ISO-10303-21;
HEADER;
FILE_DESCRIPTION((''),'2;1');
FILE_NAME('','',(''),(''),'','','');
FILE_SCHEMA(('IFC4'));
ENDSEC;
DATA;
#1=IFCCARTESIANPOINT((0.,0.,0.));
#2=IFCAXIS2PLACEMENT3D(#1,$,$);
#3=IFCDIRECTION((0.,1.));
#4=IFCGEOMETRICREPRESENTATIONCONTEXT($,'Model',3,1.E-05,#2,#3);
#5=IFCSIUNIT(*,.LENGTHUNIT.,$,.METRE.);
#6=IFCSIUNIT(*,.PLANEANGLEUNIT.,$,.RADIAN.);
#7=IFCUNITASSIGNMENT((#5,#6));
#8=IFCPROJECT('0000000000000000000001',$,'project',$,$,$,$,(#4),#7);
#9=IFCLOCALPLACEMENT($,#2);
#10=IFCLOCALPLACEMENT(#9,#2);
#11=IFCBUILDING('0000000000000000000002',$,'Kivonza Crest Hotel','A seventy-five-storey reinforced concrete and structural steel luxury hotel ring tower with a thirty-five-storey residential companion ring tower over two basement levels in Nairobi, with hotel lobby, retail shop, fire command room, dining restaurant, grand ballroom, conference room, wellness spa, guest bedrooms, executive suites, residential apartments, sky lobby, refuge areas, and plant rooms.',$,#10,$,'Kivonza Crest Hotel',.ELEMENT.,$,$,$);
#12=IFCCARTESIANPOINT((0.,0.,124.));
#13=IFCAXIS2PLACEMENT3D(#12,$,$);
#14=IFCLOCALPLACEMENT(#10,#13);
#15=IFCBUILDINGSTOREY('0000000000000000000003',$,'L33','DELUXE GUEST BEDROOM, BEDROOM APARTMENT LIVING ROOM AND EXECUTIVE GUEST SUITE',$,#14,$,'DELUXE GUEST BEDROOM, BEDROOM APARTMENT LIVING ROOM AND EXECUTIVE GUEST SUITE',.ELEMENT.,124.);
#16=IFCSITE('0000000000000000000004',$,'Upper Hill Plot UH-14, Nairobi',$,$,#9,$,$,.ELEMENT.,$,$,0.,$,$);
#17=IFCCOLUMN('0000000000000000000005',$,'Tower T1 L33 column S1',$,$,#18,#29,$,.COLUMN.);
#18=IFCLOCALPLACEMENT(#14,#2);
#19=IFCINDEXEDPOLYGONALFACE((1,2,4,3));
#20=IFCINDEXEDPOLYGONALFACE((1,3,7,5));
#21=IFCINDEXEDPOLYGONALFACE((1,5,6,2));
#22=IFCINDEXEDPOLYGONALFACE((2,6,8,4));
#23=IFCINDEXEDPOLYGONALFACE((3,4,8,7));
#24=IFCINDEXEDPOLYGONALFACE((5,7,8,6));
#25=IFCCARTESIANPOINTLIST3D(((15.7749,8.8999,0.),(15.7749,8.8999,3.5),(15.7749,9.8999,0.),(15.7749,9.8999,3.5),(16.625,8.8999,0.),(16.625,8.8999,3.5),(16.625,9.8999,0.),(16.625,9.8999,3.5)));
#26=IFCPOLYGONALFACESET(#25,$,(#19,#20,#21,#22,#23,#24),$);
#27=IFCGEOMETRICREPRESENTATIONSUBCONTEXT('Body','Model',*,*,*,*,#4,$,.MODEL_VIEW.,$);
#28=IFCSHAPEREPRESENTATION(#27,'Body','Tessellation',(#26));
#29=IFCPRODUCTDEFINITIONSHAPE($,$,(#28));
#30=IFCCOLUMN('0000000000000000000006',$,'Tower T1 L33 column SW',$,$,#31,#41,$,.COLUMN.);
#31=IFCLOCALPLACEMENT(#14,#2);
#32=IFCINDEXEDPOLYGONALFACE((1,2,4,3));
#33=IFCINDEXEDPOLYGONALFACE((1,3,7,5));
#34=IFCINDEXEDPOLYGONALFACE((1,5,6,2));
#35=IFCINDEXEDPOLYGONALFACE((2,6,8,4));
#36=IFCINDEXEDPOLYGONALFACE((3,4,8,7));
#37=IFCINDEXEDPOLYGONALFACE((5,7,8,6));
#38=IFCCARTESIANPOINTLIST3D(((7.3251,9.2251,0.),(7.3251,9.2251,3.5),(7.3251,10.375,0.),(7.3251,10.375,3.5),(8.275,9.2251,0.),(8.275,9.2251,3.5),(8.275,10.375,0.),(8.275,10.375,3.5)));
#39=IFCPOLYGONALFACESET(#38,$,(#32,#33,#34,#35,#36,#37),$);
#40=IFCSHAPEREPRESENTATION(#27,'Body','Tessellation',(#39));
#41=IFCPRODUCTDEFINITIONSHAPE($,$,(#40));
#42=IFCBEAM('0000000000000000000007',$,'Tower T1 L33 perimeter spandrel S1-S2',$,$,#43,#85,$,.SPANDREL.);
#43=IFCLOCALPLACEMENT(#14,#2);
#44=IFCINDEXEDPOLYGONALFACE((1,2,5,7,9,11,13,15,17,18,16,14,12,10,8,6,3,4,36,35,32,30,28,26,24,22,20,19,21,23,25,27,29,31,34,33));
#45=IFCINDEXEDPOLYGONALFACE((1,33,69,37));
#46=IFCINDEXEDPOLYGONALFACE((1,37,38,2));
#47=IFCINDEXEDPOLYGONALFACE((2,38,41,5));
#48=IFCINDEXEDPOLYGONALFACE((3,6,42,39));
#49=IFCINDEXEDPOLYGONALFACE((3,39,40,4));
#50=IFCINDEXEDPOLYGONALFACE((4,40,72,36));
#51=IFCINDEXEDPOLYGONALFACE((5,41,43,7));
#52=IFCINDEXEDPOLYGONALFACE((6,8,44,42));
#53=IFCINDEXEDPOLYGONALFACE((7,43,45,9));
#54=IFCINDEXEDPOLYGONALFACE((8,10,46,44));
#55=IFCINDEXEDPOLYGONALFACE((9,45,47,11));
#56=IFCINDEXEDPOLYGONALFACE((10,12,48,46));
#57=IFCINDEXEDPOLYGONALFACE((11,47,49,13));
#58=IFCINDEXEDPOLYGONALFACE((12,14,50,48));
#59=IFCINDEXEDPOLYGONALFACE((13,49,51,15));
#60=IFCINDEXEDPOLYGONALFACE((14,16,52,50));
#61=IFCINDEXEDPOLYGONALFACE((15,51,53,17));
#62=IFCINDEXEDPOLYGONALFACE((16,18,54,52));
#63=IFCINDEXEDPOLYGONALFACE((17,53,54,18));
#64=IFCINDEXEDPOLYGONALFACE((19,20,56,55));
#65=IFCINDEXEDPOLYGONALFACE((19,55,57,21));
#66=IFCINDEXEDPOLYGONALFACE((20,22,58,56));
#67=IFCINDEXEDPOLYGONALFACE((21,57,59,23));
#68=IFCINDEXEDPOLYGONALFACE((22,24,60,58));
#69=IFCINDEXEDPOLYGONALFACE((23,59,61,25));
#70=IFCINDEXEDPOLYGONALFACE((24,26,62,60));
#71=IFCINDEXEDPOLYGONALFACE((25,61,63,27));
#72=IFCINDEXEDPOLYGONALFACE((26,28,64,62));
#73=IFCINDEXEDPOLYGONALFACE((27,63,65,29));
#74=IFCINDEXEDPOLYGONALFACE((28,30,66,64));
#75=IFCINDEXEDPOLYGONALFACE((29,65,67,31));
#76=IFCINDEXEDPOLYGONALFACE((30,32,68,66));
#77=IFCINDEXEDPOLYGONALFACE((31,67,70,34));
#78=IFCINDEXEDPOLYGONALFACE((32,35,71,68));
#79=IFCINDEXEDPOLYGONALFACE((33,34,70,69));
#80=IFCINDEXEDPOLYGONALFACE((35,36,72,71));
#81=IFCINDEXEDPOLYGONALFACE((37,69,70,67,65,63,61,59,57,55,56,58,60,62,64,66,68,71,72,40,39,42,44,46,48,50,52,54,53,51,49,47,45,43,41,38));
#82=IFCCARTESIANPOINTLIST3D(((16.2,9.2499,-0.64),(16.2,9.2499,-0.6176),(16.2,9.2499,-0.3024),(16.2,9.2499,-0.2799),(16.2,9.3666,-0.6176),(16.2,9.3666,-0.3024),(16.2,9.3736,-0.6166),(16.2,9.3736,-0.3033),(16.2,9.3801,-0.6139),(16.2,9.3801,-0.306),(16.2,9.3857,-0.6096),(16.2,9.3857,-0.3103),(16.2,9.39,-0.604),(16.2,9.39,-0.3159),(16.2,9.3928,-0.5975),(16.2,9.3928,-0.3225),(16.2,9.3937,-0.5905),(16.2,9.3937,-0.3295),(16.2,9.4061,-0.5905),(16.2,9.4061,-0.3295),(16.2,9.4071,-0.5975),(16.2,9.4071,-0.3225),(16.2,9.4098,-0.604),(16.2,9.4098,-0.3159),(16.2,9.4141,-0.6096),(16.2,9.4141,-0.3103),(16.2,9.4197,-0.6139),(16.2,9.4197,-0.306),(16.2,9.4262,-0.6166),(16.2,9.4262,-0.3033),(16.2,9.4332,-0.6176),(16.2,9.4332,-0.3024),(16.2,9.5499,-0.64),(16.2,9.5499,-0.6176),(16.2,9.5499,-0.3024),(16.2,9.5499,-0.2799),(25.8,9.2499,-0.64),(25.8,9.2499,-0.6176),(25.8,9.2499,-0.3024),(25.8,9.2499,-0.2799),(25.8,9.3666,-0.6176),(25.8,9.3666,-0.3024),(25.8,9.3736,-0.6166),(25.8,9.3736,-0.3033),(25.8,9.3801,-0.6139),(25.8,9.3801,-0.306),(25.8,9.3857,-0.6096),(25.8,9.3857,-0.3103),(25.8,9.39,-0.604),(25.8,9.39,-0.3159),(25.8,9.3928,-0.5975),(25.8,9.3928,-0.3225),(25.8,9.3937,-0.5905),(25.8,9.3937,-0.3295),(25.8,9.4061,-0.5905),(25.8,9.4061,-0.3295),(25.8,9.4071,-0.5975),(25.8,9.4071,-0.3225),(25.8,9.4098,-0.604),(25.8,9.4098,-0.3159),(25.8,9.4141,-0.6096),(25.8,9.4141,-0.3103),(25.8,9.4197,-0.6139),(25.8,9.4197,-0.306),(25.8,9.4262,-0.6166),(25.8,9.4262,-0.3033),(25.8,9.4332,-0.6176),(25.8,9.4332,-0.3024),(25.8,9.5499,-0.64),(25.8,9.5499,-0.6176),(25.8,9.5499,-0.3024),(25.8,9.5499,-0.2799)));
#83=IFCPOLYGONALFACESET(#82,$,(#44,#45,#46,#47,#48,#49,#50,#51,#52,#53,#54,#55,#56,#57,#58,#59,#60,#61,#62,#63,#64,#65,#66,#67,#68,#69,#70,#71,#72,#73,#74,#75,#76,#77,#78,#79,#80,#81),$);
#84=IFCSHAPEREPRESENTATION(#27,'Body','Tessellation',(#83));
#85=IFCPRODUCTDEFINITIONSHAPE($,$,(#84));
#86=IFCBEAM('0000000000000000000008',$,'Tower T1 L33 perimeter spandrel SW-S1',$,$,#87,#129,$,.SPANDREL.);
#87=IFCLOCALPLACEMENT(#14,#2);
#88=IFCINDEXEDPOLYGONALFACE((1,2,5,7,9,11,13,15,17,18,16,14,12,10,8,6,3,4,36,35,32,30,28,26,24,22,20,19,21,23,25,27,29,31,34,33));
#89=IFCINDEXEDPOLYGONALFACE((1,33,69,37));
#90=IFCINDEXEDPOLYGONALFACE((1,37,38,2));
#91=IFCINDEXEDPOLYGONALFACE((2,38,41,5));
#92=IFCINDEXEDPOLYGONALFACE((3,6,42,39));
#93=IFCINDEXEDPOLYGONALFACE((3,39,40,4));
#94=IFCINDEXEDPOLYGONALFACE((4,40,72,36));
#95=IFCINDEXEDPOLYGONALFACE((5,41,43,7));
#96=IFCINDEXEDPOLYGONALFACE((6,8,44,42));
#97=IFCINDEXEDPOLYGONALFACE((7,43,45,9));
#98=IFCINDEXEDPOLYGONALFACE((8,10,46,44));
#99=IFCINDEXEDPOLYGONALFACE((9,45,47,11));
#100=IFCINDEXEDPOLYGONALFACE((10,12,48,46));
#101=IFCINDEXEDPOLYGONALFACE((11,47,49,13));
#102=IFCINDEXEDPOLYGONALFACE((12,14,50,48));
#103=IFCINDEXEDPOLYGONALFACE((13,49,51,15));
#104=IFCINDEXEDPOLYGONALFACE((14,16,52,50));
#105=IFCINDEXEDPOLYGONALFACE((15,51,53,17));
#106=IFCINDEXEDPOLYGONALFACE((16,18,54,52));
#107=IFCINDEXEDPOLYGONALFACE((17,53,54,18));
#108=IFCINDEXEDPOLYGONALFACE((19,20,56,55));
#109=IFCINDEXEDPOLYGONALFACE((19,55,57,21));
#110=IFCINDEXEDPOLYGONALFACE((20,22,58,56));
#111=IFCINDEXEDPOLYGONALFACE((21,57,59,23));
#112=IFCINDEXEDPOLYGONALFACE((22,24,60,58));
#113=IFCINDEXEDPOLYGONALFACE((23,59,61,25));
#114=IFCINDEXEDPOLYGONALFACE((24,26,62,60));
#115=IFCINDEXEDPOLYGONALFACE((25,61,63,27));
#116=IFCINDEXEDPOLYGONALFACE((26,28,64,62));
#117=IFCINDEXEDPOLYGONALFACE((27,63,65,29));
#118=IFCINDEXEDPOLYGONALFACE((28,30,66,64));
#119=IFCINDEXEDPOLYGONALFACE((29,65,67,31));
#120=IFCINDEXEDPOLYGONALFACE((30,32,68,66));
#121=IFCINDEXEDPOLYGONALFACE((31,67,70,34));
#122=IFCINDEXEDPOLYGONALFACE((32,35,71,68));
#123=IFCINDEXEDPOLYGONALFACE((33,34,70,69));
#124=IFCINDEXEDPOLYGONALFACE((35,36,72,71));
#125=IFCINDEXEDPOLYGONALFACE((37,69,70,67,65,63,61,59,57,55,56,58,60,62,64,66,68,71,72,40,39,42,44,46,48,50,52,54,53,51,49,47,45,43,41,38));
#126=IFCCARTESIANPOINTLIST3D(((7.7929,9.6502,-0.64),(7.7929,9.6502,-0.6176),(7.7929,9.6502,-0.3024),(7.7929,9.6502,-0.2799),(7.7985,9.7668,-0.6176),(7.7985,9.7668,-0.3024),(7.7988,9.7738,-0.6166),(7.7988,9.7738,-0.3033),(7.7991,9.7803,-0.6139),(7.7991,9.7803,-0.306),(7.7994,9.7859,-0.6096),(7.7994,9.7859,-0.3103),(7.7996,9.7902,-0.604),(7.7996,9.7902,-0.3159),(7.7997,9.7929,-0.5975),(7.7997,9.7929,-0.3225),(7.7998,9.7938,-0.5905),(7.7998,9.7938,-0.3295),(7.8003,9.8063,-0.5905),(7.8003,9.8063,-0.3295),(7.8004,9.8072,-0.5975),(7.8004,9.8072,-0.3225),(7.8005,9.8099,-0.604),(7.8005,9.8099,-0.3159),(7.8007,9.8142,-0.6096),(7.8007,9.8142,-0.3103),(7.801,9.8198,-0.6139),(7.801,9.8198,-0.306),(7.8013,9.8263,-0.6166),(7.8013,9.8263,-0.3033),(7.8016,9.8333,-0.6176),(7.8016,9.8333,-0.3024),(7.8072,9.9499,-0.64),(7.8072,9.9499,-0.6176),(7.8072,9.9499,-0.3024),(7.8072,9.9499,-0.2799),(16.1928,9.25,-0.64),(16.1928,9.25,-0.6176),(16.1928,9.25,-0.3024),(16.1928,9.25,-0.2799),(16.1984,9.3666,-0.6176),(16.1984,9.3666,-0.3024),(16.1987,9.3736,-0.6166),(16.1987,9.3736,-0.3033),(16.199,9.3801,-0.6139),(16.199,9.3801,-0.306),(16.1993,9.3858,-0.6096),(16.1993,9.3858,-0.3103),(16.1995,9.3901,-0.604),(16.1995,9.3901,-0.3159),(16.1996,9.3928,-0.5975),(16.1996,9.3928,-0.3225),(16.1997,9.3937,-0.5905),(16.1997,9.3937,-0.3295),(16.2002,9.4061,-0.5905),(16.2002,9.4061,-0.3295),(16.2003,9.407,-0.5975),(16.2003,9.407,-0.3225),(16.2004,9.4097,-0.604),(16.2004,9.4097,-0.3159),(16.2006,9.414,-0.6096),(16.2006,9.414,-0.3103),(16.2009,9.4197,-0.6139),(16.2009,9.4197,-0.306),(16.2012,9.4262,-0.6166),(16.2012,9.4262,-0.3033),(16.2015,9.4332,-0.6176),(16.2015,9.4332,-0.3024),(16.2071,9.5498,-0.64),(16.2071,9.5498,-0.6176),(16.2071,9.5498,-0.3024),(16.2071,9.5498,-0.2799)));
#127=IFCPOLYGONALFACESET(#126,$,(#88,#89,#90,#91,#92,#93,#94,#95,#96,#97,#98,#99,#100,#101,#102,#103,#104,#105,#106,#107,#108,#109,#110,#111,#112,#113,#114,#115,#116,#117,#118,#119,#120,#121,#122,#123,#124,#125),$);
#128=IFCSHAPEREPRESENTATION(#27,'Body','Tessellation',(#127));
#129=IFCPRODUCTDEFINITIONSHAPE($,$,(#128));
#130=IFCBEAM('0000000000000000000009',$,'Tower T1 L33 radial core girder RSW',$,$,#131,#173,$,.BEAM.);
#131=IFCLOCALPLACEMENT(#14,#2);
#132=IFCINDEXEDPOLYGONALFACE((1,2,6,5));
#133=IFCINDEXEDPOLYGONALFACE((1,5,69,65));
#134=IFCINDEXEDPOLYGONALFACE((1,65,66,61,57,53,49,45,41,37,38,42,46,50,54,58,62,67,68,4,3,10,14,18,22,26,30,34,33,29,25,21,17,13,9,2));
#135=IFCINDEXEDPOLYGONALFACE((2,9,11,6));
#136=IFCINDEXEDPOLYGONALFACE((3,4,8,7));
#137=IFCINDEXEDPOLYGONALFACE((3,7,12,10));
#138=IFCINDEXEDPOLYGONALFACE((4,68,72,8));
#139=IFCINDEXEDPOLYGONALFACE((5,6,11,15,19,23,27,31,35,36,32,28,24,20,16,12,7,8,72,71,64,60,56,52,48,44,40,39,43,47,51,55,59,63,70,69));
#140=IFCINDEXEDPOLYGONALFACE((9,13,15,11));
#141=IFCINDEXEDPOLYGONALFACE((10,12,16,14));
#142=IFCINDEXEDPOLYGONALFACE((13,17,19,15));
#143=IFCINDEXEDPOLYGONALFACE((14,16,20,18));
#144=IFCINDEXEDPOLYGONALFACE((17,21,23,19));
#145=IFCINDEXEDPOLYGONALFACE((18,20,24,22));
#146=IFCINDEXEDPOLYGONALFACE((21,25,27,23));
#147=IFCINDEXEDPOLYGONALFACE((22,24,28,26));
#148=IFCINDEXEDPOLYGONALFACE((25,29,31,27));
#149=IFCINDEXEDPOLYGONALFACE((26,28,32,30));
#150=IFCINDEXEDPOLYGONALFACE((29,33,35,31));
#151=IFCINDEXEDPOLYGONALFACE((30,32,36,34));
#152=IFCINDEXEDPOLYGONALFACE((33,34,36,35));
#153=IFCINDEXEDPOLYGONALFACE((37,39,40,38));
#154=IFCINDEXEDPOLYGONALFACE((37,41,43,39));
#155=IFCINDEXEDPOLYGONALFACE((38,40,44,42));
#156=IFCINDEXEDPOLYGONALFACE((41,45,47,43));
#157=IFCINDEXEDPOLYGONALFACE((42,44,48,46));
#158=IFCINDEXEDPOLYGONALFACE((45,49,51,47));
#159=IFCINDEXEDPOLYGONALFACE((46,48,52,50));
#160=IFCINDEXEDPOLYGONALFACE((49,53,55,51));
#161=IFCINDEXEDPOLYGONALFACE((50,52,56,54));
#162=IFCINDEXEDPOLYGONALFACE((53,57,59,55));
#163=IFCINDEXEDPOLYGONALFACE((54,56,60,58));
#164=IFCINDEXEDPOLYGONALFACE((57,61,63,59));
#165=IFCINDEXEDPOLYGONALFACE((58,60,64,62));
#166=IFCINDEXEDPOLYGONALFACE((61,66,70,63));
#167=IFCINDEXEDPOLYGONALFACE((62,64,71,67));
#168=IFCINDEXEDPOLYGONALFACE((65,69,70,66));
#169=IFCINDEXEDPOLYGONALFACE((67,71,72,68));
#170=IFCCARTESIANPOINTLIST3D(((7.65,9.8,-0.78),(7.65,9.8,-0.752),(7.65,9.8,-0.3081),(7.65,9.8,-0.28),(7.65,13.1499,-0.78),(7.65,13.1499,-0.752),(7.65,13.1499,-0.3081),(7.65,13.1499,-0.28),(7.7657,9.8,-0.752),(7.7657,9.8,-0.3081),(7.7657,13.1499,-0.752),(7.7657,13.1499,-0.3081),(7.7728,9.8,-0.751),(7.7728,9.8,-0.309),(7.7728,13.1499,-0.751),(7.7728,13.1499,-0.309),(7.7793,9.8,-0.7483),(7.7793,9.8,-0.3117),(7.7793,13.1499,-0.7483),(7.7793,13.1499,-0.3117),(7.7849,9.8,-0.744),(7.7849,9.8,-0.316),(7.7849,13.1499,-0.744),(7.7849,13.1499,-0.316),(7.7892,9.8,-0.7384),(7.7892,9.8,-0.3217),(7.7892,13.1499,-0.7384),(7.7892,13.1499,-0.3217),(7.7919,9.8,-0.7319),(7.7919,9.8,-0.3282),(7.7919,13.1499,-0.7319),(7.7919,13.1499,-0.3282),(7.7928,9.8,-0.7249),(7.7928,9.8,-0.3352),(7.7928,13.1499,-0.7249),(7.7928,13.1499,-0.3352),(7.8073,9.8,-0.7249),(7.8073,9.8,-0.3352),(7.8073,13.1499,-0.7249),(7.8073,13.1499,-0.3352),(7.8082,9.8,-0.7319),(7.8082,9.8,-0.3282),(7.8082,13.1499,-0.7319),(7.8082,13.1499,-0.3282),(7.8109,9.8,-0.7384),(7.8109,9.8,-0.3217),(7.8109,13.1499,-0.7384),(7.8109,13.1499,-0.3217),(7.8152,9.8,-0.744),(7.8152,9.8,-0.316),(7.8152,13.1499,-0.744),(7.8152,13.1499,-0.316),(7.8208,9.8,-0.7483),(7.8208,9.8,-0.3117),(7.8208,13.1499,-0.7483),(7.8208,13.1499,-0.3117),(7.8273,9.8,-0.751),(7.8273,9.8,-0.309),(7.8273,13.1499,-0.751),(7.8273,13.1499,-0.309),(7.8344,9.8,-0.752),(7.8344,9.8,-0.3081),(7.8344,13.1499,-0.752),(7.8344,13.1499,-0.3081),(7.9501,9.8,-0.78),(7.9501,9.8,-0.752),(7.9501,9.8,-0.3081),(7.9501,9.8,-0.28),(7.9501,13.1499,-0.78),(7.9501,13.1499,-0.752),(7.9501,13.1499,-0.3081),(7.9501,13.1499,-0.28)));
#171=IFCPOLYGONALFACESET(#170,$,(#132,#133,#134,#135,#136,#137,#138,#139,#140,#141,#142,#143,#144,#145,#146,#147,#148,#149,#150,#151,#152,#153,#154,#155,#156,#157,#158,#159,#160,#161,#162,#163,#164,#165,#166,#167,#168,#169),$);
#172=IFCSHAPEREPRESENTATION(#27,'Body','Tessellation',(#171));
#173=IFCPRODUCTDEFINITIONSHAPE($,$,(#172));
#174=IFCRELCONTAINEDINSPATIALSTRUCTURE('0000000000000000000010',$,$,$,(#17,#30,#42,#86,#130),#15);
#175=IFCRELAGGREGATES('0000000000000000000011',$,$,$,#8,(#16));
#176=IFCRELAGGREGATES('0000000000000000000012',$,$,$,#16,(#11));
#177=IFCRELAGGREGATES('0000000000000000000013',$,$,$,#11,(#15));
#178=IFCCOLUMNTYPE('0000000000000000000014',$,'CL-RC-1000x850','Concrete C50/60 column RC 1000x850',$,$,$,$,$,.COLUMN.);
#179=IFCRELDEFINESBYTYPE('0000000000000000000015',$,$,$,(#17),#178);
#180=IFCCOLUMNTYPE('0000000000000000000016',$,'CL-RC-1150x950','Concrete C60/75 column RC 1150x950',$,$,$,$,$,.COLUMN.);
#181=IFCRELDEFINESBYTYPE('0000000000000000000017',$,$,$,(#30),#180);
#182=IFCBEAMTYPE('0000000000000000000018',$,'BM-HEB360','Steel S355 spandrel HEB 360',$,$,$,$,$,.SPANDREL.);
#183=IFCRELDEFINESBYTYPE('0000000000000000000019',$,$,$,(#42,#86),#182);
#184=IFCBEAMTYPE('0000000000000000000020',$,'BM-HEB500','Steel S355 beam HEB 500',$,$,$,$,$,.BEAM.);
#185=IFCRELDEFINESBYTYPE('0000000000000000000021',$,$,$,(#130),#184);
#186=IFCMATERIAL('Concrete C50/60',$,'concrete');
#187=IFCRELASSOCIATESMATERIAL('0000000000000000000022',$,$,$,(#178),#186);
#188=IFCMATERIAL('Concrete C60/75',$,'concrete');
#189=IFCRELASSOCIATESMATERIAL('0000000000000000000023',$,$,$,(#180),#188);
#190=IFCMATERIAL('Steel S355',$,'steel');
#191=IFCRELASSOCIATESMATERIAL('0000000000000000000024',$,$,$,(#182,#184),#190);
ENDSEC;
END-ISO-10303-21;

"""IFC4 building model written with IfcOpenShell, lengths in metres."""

from ifc_helpers import new_model, si_unit, direction, frame, origin, origin_2d, place, context, subcontext, project, spatial, rectangle, i_section, extrude, material, material_profile, profile_set, type_object, element, save


model = new_model("IFC4")

# Units and contexts
model_context = context("Model", 3, precision=1e-05, world=origin(), true_north=direction((0.0, 1.0)))
body_context = subcontext(model_context, "Body", "Model", "MODEL_VIEW")
ifc_project = project(units=[si_unit("LENGTHUNIT", "METRE"), si_unit("PLANEANGLEUNIT", "RADIAN")], contexts=[model_context])

# Site, building, storey
site_placement = place(None, origin())
site = spatial("IfcSite", under=ifc_project, at=site_placement, Name="Upper Hill Plot UH-14, Nairobi", CompositionType="ELEMENT", RefElevation=0.0)
building_placement = place(site_placement, origin())
building = spatial("IfcBuilding", under=site, at=building_placement, Name="Kivonza Crest Hotel", Description="A seventy-five-storey reinforced concrete and structural steel luxury hotel ring tower with a thirty-five-storey residential companion ring tower over two basement levels in Nairobi, with hotel lobby, retail shop, fire command room, dining restaurant, grand ballroom, conference room, wellness spa, guest bedrooms, executive suites, residential apartments, sky lobby, refuge areas, and plant rooms.", LongName="Kivonza Crest Hotel", CompositionType="ELEMENT")
storey_placement = place(building_placement, frame((0.0, 0.0, 124.0)))
storey = spatial("IfcBuildingStorey", under=building, at=storey_placement, Name="L33", Description="DELUXE GUEST BEDROOM, BEDROOM APARTMENT LIVING ROOM AND EXECUTIVE GUEST SUITE", LongName="DELUXE GUEST BEDROOM, BEDROOM APARTMENT LIVING ROOM AND EXECUTIVE GUEST SUITE", CompositionType="ELEMENT", Elevation=124.0)

# Columns
ifc_material_1 = material(Name="Concrete C50/60", Category="concrete")
ifc_material_profile_1 = material_profile(ifc_material_1, rectangle(XDim=0.8501, YDim=1.0, at=origin_2d()), Name="RC 1000x850")
ifc_profile_set_1 = profile_set([ifc_material_profile_1], Name="Concrete C50/60")
column_type_1 = type_object("IfcColumnType", Name="CL-RC-1000x850", Description="Concrete C50/60 column RC 1000x850", PredefinedType="COLUMN", material=ifc_profile_set_1)
column_1_placement = place(storey_placement, frame((16.2, 9.3999, 0.0), z_axis=(0.0, 0.0, 1.0), x_axis=(1.0, 0.0, 0.0)))
element("IfcColumn", 1, at=column_1_placement, inside=storey, type_object=column_type_1, Name="Tower T1 L33 column S1", PredefinedType="COLUMN", context=body_context, shape_type="SweptSolid", body=[
    extrude(rectangle(XDim=0.8501, YDim=1.0, at=origin_2d()), origin(), (0.0, 0.0, 1.0), 3.5),
])
ifc_material_2 = material(Name="Concrete C60/75", Category="concrete")
ifc_material_profile_2 = material_profile(ifc_material_2, rectangle(XDim=0.95, YDim=1.1499, at=origin_2d()), Name="RC 1150x950")
ifc_profile_set_2 = profile_set([ifc_material_profile_2], Name="Concrete C60/75")
column_type_2 = type_object("IfcColumnType", Name="CL-RC-1150x950", Description="Concrete C60/75 column RC 1150x950", PredefinedType="COLUMN", material=ifc_profile_set_2)
column_2_placement = place(storey_placement, frame((7.8, 9.8, 0.0), z_axis=(0.0, 0.0, 1.0), x_axis=(1.0, 0.0, 0.0)))
element("IfcColumn", 2, at=column_2_placement, inside=storey, type_object=column_type_2, Name="Tower T1 L33 column SW", PredefinedType="COLUMN", context=body_context, shape_type="SweptSolid", body=[
    extrude(rectangle(XDim=0.95, YDim=1.1499, at=origin_2d()), origin(), (0.0, 0.0, 1.0), 3.5),
])

# Beams
ifc_material_3 = material(Name="Steel S355", Category="steel")
ifc_material_profile_3 = material_profile(ifc_material_3, i_section(OverallWidth=0.3, OverallDepth=0.3601, WebThickness=0.0125, FlangeThickness=0.0225, FilletRadius=0.0271, at=origin_2d()), Name="HEB 360")
ifc_profile_set_3 = profile_set([ifc_material_profile_3], Name="Steel S355")
beam_type_1 = type_object("IfcBeamType", Name="BM-HEB360", Description="Steel S355 spandrel HEB 360", PredefinedType="SPANDREL", material=ifc_profile_set_3)
beam_1_placement = place(storey_placement, frame((16.2, 9.3999, -0.46), z_axis=(1.0, 0.0, 0.0), x_axis=(0.0, 1.0, 0.0)))
element("IfcBeam", 3, at=beam_1_placement, inside=storey, type_object=beam_type_1, Name="Tower T1 L33 perimeter spandrel S1-S2", PredefinedType="SPANDREL", context=body_context, shape_type="SweptSolid", body=[
    extrude(i_section(OverallWidth=0.3, OverallDepth=0.3601, WebThickness=0.0125, FlangeThickness=0.0225, FilletRadius=0.0271, at=origin_2d()), origin(), (0.0, 0.0, 1.0), 9.6001),
])
beam_2_placement = place(storey_placement, frame((7.8, 9.8, -0.46), z_axis=(0.998867, -0.047583, 0.0), x_axis=(0.047583, 0.998867, 0.0)))
element("IfcBeam", 4, at=beam_2_placement, inside=storey, type_object=beam_type_1, Name="Tower T1 L33 perimeter spandrel SW-S1", PredefinedType="SPANDREL", context=body_context, shape_type="SweptSolid", body=[
    extrude(i_section(OverallWidth=0.3, OverallDepth=0.3601, WebThickness=0.0125, FlangeThickness=0.0225, FilletRadius=0.0271, at=origin_2d()), origin(), (0.0, 0.0, 1.0), 8.4094),
])
ifc_material_profile_4 = material_profile(ifc_material_3, i_section(OverallWidth=0.3, OverallDepth=0.5, WebThickness=0.0144, FlangeThickness=0.0281, FilletRadius=0.0271, at=origin_2d()), Name="HEB 500")
ifc_profile_set_4 = profile_set([ifc_material_profile_4], Name="Steel S355")
beam_type_2 = type_object("IfcBeamType", Name="BM-HEB500", Description="Steel S355 beam HEB 500", PredefinedType="BEAM", material=ifc_profile_set_4)
beam_3_placement = place(storey_placement, frame((7.8, 9.8, -0.53), z_axis=(0.0, 1.0, 0.0), x_axis=(-1.0, 0.0, 0.0)))
element("IfcBeam", 5, at=beam_3_placement, inside=storey, type_object=beam_type_2, Name="Tower T1 L33 radial core girder RSW", PredefinedType="BEAM", context=body_context, shape_type="SweptSolid", body=[
    extrude(i_section(OverallWidth=0.3, OverallDepth=0.5, WebThickness=0.0144, FlangeThickness=0.0281, FilletRadius=0.0271, at=origin_2d()), origin(), (0.0, 0.0, 1.0), 3.3499),
])

save(model, "model.ifc")
